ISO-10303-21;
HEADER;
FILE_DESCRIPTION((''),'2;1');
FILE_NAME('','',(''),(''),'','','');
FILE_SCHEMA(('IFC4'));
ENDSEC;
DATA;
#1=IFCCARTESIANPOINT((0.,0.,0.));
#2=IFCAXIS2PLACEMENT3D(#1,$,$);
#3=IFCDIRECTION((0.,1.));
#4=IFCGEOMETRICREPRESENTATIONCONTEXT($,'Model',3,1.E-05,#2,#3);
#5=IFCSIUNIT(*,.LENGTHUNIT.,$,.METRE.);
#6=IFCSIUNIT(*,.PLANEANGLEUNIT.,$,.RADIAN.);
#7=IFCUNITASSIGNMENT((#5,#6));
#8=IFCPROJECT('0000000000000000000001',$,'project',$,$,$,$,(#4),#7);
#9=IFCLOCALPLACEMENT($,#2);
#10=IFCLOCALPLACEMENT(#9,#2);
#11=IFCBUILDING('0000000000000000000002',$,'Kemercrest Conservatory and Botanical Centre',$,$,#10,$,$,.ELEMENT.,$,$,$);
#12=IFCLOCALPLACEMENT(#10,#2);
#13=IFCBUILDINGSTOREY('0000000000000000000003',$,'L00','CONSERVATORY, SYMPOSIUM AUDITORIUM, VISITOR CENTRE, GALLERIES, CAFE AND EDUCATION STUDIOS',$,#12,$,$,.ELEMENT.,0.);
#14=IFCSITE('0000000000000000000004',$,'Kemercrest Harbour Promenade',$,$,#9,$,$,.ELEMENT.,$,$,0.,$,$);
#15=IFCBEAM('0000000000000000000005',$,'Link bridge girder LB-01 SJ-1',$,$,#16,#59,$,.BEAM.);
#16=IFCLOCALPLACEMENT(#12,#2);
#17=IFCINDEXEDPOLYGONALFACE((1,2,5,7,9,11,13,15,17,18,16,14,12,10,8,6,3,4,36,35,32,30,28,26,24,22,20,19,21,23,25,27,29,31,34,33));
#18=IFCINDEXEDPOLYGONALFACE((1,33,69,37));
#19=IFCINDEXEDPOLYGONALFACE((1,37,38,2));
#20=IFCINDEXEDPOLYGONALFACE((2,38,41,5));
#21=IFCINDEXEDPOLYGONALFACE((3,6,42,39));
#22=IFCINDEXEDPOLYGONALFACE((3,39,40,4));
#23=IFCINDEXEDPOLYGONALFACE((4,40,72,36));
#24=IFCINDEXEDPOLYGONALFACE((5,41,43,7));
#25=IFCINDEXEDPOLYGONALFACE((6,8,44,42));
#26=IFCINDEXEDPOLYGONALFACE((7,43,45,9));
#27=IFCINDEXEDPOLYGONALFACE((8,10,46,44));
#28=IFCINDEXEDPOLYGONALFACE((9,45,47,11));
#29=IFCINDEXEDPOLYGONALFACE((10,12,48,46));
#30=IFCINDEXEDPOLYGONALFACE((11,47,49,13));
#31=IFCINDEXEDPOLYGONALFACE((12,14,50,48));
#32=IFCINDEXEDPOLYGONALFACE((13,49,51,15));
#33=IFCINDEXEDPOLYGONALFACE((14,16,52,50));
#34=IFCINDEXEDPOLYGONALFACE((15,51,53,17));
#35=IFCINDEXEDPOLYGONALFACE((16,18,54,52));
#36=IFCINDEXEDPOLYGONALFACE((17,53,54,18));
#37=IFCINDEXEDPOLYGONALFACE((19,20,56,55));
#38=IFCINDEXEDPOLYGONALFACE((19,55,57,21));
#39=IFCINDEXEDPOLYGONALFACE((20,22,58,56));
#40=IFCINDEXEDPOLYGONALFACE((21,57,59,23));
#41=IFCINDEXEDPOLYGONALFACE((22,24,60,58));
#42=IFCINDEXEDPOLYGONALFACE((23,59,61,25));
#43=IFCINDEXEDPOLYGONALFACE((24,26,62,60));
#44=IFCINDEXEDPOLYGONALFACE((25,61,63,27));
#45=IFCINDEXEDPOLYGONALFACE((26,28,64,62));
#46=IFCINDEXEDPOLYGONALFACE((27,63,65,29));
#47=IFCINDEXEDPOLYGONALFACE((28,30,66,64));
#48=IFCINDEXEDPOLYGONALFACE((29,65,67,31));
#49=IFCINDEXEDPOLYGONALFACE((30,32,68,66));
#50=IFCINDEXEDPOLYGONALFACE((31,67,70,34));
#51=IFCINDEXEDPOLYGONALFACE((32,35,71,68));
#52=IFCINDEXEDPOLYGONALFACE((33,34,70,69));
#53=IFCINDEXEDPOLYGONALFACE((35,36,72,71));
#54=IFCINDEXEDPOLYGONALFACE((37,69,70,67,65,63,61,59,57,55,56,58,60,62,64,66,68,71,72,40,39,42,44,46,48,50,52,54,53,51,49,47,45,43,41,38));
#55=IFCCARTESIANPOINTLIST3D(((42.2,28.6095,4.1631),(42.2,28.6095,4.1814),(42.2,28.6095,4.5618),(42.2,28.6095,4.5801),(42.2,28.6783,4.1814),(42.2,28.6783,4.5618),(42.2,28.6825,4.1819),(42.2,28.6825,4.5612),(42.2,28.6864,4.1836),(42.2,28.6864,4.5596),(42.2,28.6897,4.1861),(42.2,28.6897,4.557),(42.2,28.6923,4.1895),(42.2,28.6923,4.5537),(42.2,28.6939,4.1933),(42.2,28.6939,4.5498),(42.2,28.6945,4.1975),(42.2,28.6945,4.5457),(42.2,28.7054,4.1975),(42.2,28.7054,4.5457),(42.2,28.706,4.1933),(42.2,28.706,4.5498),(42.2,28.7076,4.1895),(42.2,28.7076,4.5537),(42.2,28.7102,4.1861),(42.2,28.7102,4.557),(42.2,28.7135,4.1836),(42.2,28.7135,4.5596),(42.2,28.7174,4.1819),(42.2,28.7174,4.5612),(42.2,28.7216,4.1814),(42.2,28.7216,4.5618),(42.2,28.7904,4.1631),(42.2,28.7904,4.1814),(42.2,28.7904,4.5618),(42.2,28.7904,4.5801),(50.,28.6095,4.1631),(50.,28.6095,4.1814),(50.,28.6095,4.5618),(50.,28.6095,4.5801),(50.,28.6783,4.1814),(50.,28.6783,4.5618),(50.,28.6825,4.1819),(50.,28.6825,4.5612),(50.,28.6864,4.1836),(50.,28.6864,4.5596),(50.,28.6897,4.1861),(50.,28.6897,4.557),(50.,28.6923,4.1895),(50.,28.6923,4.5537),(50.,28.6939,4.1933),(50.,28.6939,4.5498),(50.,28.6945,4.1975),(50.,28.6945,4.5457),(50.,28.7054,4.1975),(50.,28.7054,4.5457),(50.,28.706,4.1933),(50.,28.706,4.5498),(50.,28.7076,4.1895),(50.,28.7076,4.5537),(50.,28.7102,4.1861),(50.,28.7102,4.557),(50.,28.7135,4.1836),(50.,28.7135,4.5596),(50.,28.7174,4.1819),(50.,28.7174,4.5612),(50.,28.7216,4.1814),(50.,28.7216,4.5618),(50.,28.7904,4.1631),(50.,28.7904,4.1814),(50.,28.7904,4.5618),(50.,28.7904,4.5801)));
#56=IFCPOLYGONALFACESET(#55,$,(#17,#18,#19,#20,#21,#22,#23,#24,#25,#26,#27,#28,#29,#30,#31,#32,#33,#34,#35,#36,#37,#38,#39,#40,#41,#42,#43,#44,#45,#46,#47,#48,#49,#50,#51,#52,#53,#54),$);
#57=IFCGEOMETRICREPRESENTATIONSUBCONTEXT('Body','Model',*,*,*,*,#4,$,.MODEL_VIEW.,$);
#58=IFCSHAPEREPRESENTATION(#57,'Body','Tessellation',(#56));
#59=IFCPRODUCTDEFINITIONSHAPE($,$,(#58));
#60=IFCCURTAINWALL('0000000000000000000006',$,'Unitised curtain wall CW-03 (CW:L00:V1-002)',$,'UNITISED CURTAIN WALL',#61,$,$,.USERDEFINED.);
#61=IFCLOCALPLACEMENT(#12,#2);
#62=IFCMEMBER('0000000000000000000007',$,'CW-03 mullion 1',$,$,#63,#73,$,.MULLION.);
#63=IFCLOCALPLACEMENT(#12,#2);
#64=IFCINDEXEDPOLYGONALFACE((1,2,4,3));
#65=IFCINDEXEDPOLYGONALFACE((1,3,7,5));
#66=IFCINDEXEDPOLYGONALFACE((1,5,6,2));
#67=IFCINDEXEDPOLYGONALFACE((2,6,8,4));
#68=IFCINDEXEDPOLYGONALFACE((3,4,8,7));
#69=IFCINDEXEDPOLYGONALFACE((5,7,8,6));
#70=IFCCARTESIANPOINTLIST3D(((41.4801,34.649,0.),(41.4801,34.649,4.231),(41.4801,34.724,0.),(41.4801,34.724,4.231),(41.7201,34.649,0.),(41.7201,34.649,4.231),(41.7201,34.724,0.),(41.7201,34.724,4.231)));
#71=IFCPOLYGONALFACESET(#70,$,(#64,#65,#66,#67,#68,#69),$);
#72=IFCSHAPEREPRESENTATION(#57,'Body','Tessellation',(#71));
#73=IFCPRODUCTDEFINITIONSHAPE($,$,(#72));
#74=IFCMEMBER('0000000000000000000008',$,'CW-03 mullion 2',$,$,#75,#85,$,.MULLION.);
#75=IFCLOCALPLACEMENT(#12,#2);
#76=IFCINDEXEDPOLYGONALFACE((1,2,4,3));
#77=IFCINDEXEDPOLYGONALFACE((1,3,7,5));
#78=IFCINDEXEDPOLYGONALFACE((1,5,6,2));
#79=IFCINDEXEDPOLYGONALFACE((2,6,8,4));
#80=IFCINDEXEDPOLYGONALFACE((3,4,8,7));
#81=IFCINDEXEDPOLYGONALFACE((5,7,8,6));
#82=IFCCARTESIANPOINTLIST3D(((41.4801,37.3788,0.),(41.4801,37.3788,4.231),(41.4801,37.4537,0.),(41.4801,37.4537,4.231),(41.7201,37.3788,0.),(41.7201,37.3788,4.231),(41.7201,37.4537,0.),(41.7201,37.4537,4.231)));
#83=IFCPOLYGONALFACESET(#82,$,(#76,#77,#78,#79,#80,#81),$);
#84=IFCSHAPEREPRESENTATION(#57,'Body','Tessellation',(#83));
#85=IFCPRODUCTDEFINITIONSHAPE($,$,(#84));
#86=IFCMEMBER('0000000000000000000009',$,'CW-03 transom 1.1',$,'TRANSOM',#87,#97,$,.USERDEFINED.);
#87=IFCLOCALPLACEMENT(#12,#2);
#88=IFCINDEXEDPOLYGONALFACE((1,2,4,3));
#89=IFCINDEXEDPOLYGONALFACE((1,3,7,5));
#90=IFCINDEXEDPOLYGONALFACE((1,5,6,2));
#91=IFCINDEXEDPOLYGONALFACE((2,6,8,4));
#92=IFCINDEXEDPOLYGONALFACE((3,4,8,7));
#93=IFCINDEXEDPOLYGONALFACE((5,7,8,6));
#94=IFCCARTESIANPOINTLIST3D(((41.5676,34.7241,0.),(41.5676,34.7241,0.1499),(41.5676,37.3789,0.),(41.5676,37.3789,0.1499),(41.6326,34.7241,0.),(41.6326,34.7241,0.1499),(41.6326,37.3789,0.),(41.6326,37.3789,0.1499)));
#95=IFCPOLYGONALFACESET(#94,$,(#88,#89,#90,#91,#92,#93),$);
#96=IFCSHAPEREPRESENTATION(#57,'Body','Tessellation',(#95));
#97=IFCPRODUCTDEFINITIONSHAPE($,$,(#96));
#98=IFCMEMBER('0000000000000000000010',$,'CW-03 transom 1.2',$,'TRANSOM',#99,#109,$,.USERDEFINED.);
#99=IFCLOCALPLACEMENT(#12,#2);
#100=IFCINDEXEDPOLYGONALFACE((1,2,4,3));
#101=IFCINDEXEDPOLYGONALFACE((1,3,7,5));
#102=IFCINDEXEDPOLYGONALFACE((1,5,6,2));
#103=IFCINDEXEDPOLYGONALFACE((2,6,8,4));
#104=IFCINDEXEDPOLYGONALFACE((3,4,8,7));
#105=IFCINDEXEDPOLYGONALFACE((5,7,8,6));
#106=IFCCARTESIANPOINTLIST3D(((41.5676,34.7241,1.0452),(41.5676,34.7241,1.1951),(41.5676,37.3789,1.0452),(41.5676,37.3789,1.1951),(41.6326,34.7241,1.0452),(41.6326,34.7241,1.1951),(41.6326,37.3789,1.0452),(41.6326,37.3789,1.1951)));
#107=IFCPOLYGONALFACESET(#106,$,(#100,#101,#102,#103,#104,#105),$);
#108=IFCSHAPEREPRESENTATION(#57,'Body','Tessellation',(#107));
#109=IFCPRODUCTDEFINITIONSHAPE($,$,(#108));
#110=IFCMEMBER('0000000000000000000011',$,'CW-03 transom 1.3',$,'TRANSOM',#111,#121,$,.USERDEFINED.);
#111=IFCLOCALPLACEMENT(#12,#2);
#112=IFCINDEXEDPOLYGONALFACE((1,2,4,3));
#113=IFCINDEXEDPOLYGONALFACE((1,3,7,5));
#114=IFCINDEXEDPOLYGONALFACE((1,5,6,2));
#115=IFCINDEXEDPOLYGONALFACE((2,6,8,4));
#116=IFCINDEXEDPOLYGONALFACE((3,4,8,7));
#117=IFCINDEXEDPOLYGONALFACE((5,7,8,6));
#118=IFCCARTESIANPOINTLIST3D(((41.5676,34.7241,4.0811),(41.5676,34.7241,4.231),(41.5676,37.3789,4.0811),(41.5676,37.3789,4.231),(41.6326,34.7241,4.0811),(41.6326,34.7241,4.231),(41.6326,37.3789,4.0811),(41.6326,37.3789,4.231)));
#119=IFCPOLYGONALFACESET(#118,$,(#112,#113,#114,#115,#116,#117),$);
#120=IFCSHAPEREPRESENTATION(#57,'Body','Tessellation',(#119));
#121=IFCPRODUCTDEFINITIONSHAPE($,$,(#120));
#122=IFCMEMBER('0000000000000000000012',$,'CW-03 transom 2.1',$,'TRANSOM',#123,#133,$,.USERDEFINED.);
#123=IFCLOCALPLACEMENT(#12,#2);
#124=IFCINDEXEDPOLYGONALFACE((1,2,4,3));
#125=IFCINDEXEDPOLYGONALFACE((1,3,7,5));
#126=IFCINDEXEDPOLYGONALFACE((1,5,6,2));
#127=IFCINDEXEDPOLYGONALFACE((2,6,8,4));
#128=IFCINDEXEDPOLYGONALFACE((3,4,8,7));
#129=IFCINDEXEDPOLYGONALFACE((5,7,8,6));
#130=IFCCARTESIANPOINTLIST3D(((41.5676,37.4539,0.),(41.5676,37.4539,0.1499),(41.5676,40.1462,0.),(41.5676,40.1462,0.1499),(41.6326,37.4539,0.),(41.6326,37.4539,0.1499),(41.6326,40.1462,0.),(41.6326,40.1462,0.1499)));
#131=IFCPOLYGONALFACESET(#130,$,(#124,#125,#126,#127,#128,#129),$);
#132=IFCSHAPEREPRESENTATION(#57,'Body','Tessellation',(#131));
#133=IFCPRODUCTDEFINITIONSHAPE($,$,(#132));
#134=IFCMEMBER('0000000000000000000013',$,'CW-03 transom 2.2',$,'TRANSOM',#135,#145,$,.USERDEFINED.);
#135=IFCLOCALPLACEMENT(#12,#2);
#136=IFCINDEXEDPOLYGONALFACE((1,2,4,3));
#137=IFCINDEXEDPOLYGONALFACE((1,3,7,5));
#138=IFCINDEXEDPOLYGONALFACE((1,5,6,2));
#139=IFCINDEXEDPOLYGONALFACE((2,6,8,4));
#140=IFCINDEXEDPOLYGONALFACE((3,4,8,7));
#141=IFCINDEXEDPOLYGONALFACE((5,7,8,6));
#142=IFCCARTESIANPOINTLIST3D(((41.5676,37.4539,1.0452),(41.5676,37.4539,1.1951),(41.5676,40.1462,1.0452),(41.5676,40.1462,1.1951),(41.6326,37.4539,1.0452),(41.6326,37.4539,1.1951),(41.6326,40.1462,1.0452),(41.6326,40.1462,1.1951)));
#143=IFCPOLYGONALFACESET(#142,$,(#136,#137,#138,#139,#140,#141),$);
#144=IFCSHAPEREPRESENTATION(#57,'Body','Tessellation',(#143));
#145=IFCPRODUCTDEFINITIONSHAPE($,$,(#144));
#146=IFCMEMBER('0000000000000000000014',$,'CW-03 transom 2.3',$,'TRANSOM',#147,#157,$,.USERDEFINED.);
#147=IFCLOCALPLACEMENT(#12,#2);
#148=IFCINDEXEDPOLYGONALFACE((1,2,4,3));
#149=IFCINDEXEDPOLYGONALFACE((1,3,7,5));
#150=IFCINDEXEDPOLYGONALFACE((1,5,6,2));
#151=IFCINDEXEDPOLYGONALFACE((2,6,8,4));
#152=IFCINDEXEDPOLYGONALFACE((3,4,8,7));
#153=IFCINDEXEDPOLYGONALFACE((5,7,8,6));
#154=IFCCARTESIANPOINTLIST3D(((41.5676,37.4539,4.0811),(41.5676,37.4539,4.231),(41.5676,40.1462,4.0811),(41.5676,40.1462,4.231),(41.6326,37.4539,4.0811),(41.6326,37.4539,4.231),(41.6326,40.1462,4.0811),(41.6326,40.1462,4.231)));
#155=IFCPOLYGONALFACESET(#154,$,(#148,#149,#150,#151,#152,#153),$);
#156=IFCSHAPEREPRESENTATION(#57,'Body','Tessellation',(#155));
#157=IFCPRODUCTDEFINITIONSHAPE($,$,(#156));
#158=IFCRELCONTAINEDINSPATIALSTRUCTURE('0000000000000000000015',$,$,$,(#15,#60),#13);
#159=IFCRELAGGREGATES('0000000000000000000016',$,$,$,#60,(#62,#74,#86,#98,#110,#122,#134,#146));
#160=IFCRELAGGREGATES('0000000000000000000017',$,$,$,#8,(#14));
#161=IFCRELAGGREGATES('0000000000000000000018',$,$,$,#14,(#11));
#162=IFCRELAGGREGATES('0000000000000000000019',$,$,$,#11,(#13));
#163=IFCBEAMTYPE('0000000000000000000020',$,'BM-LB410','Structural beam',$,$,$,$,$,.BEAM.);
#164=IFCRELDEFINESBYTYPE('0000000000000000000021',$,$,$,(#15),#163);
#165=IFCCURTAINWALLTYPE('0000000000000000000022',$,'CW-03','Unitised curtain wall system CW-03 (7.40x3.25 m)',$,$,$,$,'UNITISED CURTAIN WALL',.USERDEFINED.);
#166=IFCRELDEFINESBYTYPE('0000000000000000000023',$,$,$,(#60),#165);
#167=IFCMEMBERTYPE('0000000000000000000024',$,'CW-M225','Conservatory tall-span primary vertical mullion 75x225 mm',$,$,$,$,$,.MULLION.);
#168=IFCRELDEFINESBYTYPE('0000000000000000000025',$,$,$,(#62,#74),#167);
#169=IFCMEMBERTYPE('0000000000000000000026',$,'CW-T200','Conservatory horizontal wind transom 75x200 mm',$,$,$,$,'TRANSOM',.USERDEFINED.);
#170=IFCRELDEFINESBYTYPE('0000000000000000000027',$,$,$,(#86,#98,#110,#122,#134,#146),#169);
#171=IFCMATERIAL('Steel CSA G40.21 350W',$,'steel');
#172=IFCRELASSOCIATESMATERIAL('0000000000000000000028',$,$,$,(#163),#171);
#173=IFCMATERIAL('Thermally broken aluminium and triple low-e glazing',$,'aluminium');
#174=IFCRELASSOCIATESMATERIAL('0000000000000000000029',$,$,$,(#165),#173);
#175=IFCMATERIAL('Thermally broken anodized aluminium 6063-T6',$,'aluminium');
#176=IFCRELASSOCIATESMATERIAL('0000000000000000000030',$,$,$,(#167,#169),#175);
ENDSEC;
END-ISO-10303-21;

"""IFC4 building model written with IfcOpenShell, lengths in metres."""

from ifc_helpers import new_model, si_unit, direction, frame, origin, origin_2d, place, context, subcontext, project, spatial, rectangle, i_section, extrude, material, material_profile, profile_set, type_object, element, aggregate, save


model = new_model("IFC4")

# Units and contexts
model_context = context("Model", 3, precision=1e-05, world=origin(), true_north=direction((0.0, 1.0)))
body_context = subcontext(model_context, "Body", "Model", "MODEL_VIEW")
ifc_project = project(units=[si_unit("LENGTHUNIT", "METRE"), si_unit("PLANEANGLEUNIT", "RADIAN")], contexts=[model_context])

# Site, building, storey
site_placement = place(None, origin())
site = spatial("IfcSite", under=ifc_project, at=site_placement, Name="Kemercrest Harbour Promenade", CompositionType="ELEMENT", RefElevation=0.0)
building_placement = place(site_placement, origin())
building = spatial("IfcBuilding", under=site, at=building_placement, Name="Kemercrest Conservatory and Botanical Centre", CompositionType="ELEMENT")
storey_placement = place(building_placement, origin())
storey = spatial("IfcBuildingStorey", under=building, at=storey_placement, Name="L00", Description="CONSERVATORY, SYMPOSIUM AUDITORIUM, VISITOR CENTRE, GALLERIES, CAFE AND EDUCATION STUDIOS", CompositionType="ELEMENT", Elevation=0.0)

# Shared definitions
ifc_material_1 = material(Name="Steel CSA G40.21 350W", Category="steel")

# Beam
ifc_material_profile_1 = material_profile(ifc_material_1, i_section(OverallWidth=0.1809, OverallDepth=0.417, WebThickness=0.011, FlangeThickness=0.0183, FilletRadius=0.0161, at=origin_2d()), Name="W410X85")
ifc_profile_set_1 = profile_set([ifc_material_profile_1], Name="Steel CSA G40.21 350W")
beam_type_1 = type_object("IfcBeamType", Name="BM-LB410", Description="Structural beam", PredefinedType="BEAM", material=ifc_profile_set_1)
beam_1_placement = place(storey_placement, frame((42.2, 28.7, 4.3716), z_axis=(1.0, 0.0, 0.0), x_axis=(0.0, 1.0, 0.0)))
element("IfcBeam", 1, at=beam_1_placement, inside=storey, type_object=beam_type_1, Name="Link bridge girder LB-01 SJ-1", PredefinedType="BEAM", context=body_context, shape_type="SweptSolid", body=[
    extrude(i_section(OverallWidth=0.1809, OverallDepth=0.417, WebThickness=0.011, FlangeThickness=0.0183, FilletRadius=0.0161, at=origin_2d()), origin(), (0.0, 0.0, 1.0), 7.8),
])

# Curtain wall, members
ifc_material_2 = material(Name="Thermally broken aluminium and triple low-e glazing", Category="aluminium")
curtain_wall_type = type_object("IfcCurtainWallType", Name="CW-03", Description="Unitised curtain wall system CW-03 (7.40x3.25 m)", ElementType="UNITISED CURTAIN WALL", PredefinedType="USERDEFINED", material=ifc_material_2)
curtain_wall_placement = place(storey_placement, origin())
curtain_wall = element("IfcCurtainWall", 2, at=curtain_wall_placement, inside=storey, type_object=curtain_wall_type, Name="Unitised curtain wall CW-03 (CW:L00:V1-002)", ObjectType="UNITISED CURTAIN WALL", PredefinedType="USERDEFINED")
ifc_material_3 = material(Name="Thermally broken anodized aluminium 6063-T6", Category="aluminium")
ifc_material_profile_2 = material_profile(ifc_material_3, rectangle(XDim=0.24, YDim=0.075, at=origin_2d()), Name="AL MULLION 75x240")
ifc_profile_set_2 = profile_set([ifc_material_profile_2], Name="Thermally broken anodized aluminium 6063-T6")
member_type_1 = type_object("IfcMemberType", Name="CW-M225", Description="Conservatory tall-span primary vertical mullion 75x225 mm", PredefinedType="MULLION", material=ifc_profile_set_2)
member_1_placement = place(storey_placement, frame((41.6001, 34.6865, 0.0), z_axis=(0.0, 0.0, 1.0), x_axis=(-1.0, 0.0, 0.0)))
member_1 = element("IfcMember", 3, at=member_1_placement, type_object=member_type_1, Name="CW-03 mullion 1", PredefinedType="MULLION", context=body_context, shape_type="SweptSolid", body=[
    extrude(rectangle(XDim=0.24, YDim=0.075, at=origin_2d()), origin(), (0.0, 0.0, 1.0), 4.231),
])
member_2_placement = place(storey_placement, frame((41.6001, 37.4163, 0.0), z_axis=(0.0, 0.0, 1.0), x_axis=(-1.0, 0.0, 0.0)))
member_2 = element("IfcMember", 4, at=member_2_placement, type_object=member_type_1, Name="CW-03 mullion 2", PredefinedType="MULLION", context=body_context, shape_type="SweptSolid", body=[
    extrude(rectangle(XDim=0.24, YDim=0.075, at=origin_2d()), origin(), (0.0, 0.0, 1.0), 4.231),
])
ifc_material_profile_3 = material_profile(ifc_material_3, rectangle(XDim=0.0649, YDim=0.1499, at=origin_2d()), Name="AL TRANSOM 65x150")
ifc_profile_set_3 = profile_set([ifc_material_profile_3], Name="Thermally broken anodized aluminium 6063-T6")
member_type_2 = type_object("IfcMemberType", Name="CW-T200", Description="Conservatory horizontal wind transom 75x200 mm", ElementType="TRANSOM", PredefinedType="USERDEFINED", material=ifc_profile_set_3)
member_3_placement = place(storey_placement, frame((41.6001, 34.7241, 0.075), z_axis=(0.0, 1.0, 0.0), x_axis=(-1.0, 0.0, 0.0)))
member_3 = element("IfcMember", 5, at=member_3_placement, type_object=member_type_2, Name="CW-03 transom 1.1", ObjectType="TRANSOM", PredefinedType="USERDEFINED", context=body_context, shape_type="SweptSolid", body=[
    extrude(rectangle(XDim=0.0649, YDim=0.1499, at=origin_2d()), origin(), (0.0, 0.0, 1.0), 2.6548),
])
member_4_placement = place(storey_placement, frame((41.6001, 34.7241, 1.1201), z_axis=(0.0, 1.0, 0.0), x_axis=(-1.0, 0.0, 0.0)))
member_4 = element("IfcMember", 6, at=member_4_placement, type_object=member_type_2, Name="CW-03 transom 1.2", ObjectType="TRANSOM", PredefinedType="USERDEFINED", context=body_context, shape_type="SweptSolid", body=[
    extrude(rectangle(XDim=0.0649, YDim=0.1499, at=origin_2d()), origin(), (0.0, 0.0, 1.0), 2.6548),
])
member_5_placement = place(storey_placement, frame((41.6001, 34.7241, 4.156), z_axis=(0.0, 1.0, 0.0), x_axis=(-1.0, 0.0, 0.0)))
member_5 = element("IfcMember", 7, at=member_5_placement, type_object=member_type_2, Name="CW-03 transom 1.3", ObjectType="TRANSOM", PredefinedType="USERDEFINED", context=body_context, shape_type="SweptSolid", body=[
    extrude(rectangle(XDim=0.0649, YDim=0.1499, at=origin_2d()), origin(), (0.0, 0.0, 1.0), 2.6548),
])
member_6_placement = place(storey_placement, frame((41.6001, 37.4539, 0.075), z_axis=(0.0, 1.0, 0.0), x_axis=(-1.0, 0.0, 0.0)))
member_6 = element("IfcMember", 8, at=member_6_placement, type_object=member_type_2, Name="CW-03 transom 2.1", ObjectType="TRANSOM", PredefinedType="USERDEFINED", context=body_context, shape_type="SweptSolid", body=[
    extrude(rectangle(XDim=0.0649, YDim=0.1499, at=origin_2d()), origin(), (0.0, 0.0, 1.0), 2.6924),
])
member_7_placement = place(storey_placement, frame((41.6001, 37.4539, 1.1201), z_axis=(0.0, 1.0, 0.0), x_axis=(-1.0, 0.0, 0.0)))
member_7 = element("IfcMember", 9, at=member_7_placement, type_object=member_type_2, Name="CW-03 transom 2.2", ObjectType="TRANSOM", PredefinedType="USERDEFINED", context=body_context, shape_type="SweptSolid", body=[
    extrude(rectangle(XDim=0.0649, YDim=0.1499, at=origin_2d()), origin(), (0.0, 0.0, 1.0), 2.6924),
])
member_8_placement = place(storey_placement, frame((41.6001, 37.4539, 4.156), z_axis=(0.0, 1.0, 0.0), x_axis=(-1.0, 0.0, 0.0)))
member_8 = element("IfcMember", 10, at=member_8_placement, type_object=member_type_2, Name="CW-03 transom 2.3", ObjectType="TRANSOM", PredefinedType="USERDEFINED", context=body_context, shape_type="SweptSolid", body=[
    extrude(rectangle(XDim=0.0649, YDim=0.1499, at=origin_2d()), origin(), (0.0, 0.0, 1.0), 2.6924),
])

aggregate(curtain_wall, [member_1, member_2, member_3, member_4, member_5, member_6, member_7, member_8])

save(model, "model.ifc")
